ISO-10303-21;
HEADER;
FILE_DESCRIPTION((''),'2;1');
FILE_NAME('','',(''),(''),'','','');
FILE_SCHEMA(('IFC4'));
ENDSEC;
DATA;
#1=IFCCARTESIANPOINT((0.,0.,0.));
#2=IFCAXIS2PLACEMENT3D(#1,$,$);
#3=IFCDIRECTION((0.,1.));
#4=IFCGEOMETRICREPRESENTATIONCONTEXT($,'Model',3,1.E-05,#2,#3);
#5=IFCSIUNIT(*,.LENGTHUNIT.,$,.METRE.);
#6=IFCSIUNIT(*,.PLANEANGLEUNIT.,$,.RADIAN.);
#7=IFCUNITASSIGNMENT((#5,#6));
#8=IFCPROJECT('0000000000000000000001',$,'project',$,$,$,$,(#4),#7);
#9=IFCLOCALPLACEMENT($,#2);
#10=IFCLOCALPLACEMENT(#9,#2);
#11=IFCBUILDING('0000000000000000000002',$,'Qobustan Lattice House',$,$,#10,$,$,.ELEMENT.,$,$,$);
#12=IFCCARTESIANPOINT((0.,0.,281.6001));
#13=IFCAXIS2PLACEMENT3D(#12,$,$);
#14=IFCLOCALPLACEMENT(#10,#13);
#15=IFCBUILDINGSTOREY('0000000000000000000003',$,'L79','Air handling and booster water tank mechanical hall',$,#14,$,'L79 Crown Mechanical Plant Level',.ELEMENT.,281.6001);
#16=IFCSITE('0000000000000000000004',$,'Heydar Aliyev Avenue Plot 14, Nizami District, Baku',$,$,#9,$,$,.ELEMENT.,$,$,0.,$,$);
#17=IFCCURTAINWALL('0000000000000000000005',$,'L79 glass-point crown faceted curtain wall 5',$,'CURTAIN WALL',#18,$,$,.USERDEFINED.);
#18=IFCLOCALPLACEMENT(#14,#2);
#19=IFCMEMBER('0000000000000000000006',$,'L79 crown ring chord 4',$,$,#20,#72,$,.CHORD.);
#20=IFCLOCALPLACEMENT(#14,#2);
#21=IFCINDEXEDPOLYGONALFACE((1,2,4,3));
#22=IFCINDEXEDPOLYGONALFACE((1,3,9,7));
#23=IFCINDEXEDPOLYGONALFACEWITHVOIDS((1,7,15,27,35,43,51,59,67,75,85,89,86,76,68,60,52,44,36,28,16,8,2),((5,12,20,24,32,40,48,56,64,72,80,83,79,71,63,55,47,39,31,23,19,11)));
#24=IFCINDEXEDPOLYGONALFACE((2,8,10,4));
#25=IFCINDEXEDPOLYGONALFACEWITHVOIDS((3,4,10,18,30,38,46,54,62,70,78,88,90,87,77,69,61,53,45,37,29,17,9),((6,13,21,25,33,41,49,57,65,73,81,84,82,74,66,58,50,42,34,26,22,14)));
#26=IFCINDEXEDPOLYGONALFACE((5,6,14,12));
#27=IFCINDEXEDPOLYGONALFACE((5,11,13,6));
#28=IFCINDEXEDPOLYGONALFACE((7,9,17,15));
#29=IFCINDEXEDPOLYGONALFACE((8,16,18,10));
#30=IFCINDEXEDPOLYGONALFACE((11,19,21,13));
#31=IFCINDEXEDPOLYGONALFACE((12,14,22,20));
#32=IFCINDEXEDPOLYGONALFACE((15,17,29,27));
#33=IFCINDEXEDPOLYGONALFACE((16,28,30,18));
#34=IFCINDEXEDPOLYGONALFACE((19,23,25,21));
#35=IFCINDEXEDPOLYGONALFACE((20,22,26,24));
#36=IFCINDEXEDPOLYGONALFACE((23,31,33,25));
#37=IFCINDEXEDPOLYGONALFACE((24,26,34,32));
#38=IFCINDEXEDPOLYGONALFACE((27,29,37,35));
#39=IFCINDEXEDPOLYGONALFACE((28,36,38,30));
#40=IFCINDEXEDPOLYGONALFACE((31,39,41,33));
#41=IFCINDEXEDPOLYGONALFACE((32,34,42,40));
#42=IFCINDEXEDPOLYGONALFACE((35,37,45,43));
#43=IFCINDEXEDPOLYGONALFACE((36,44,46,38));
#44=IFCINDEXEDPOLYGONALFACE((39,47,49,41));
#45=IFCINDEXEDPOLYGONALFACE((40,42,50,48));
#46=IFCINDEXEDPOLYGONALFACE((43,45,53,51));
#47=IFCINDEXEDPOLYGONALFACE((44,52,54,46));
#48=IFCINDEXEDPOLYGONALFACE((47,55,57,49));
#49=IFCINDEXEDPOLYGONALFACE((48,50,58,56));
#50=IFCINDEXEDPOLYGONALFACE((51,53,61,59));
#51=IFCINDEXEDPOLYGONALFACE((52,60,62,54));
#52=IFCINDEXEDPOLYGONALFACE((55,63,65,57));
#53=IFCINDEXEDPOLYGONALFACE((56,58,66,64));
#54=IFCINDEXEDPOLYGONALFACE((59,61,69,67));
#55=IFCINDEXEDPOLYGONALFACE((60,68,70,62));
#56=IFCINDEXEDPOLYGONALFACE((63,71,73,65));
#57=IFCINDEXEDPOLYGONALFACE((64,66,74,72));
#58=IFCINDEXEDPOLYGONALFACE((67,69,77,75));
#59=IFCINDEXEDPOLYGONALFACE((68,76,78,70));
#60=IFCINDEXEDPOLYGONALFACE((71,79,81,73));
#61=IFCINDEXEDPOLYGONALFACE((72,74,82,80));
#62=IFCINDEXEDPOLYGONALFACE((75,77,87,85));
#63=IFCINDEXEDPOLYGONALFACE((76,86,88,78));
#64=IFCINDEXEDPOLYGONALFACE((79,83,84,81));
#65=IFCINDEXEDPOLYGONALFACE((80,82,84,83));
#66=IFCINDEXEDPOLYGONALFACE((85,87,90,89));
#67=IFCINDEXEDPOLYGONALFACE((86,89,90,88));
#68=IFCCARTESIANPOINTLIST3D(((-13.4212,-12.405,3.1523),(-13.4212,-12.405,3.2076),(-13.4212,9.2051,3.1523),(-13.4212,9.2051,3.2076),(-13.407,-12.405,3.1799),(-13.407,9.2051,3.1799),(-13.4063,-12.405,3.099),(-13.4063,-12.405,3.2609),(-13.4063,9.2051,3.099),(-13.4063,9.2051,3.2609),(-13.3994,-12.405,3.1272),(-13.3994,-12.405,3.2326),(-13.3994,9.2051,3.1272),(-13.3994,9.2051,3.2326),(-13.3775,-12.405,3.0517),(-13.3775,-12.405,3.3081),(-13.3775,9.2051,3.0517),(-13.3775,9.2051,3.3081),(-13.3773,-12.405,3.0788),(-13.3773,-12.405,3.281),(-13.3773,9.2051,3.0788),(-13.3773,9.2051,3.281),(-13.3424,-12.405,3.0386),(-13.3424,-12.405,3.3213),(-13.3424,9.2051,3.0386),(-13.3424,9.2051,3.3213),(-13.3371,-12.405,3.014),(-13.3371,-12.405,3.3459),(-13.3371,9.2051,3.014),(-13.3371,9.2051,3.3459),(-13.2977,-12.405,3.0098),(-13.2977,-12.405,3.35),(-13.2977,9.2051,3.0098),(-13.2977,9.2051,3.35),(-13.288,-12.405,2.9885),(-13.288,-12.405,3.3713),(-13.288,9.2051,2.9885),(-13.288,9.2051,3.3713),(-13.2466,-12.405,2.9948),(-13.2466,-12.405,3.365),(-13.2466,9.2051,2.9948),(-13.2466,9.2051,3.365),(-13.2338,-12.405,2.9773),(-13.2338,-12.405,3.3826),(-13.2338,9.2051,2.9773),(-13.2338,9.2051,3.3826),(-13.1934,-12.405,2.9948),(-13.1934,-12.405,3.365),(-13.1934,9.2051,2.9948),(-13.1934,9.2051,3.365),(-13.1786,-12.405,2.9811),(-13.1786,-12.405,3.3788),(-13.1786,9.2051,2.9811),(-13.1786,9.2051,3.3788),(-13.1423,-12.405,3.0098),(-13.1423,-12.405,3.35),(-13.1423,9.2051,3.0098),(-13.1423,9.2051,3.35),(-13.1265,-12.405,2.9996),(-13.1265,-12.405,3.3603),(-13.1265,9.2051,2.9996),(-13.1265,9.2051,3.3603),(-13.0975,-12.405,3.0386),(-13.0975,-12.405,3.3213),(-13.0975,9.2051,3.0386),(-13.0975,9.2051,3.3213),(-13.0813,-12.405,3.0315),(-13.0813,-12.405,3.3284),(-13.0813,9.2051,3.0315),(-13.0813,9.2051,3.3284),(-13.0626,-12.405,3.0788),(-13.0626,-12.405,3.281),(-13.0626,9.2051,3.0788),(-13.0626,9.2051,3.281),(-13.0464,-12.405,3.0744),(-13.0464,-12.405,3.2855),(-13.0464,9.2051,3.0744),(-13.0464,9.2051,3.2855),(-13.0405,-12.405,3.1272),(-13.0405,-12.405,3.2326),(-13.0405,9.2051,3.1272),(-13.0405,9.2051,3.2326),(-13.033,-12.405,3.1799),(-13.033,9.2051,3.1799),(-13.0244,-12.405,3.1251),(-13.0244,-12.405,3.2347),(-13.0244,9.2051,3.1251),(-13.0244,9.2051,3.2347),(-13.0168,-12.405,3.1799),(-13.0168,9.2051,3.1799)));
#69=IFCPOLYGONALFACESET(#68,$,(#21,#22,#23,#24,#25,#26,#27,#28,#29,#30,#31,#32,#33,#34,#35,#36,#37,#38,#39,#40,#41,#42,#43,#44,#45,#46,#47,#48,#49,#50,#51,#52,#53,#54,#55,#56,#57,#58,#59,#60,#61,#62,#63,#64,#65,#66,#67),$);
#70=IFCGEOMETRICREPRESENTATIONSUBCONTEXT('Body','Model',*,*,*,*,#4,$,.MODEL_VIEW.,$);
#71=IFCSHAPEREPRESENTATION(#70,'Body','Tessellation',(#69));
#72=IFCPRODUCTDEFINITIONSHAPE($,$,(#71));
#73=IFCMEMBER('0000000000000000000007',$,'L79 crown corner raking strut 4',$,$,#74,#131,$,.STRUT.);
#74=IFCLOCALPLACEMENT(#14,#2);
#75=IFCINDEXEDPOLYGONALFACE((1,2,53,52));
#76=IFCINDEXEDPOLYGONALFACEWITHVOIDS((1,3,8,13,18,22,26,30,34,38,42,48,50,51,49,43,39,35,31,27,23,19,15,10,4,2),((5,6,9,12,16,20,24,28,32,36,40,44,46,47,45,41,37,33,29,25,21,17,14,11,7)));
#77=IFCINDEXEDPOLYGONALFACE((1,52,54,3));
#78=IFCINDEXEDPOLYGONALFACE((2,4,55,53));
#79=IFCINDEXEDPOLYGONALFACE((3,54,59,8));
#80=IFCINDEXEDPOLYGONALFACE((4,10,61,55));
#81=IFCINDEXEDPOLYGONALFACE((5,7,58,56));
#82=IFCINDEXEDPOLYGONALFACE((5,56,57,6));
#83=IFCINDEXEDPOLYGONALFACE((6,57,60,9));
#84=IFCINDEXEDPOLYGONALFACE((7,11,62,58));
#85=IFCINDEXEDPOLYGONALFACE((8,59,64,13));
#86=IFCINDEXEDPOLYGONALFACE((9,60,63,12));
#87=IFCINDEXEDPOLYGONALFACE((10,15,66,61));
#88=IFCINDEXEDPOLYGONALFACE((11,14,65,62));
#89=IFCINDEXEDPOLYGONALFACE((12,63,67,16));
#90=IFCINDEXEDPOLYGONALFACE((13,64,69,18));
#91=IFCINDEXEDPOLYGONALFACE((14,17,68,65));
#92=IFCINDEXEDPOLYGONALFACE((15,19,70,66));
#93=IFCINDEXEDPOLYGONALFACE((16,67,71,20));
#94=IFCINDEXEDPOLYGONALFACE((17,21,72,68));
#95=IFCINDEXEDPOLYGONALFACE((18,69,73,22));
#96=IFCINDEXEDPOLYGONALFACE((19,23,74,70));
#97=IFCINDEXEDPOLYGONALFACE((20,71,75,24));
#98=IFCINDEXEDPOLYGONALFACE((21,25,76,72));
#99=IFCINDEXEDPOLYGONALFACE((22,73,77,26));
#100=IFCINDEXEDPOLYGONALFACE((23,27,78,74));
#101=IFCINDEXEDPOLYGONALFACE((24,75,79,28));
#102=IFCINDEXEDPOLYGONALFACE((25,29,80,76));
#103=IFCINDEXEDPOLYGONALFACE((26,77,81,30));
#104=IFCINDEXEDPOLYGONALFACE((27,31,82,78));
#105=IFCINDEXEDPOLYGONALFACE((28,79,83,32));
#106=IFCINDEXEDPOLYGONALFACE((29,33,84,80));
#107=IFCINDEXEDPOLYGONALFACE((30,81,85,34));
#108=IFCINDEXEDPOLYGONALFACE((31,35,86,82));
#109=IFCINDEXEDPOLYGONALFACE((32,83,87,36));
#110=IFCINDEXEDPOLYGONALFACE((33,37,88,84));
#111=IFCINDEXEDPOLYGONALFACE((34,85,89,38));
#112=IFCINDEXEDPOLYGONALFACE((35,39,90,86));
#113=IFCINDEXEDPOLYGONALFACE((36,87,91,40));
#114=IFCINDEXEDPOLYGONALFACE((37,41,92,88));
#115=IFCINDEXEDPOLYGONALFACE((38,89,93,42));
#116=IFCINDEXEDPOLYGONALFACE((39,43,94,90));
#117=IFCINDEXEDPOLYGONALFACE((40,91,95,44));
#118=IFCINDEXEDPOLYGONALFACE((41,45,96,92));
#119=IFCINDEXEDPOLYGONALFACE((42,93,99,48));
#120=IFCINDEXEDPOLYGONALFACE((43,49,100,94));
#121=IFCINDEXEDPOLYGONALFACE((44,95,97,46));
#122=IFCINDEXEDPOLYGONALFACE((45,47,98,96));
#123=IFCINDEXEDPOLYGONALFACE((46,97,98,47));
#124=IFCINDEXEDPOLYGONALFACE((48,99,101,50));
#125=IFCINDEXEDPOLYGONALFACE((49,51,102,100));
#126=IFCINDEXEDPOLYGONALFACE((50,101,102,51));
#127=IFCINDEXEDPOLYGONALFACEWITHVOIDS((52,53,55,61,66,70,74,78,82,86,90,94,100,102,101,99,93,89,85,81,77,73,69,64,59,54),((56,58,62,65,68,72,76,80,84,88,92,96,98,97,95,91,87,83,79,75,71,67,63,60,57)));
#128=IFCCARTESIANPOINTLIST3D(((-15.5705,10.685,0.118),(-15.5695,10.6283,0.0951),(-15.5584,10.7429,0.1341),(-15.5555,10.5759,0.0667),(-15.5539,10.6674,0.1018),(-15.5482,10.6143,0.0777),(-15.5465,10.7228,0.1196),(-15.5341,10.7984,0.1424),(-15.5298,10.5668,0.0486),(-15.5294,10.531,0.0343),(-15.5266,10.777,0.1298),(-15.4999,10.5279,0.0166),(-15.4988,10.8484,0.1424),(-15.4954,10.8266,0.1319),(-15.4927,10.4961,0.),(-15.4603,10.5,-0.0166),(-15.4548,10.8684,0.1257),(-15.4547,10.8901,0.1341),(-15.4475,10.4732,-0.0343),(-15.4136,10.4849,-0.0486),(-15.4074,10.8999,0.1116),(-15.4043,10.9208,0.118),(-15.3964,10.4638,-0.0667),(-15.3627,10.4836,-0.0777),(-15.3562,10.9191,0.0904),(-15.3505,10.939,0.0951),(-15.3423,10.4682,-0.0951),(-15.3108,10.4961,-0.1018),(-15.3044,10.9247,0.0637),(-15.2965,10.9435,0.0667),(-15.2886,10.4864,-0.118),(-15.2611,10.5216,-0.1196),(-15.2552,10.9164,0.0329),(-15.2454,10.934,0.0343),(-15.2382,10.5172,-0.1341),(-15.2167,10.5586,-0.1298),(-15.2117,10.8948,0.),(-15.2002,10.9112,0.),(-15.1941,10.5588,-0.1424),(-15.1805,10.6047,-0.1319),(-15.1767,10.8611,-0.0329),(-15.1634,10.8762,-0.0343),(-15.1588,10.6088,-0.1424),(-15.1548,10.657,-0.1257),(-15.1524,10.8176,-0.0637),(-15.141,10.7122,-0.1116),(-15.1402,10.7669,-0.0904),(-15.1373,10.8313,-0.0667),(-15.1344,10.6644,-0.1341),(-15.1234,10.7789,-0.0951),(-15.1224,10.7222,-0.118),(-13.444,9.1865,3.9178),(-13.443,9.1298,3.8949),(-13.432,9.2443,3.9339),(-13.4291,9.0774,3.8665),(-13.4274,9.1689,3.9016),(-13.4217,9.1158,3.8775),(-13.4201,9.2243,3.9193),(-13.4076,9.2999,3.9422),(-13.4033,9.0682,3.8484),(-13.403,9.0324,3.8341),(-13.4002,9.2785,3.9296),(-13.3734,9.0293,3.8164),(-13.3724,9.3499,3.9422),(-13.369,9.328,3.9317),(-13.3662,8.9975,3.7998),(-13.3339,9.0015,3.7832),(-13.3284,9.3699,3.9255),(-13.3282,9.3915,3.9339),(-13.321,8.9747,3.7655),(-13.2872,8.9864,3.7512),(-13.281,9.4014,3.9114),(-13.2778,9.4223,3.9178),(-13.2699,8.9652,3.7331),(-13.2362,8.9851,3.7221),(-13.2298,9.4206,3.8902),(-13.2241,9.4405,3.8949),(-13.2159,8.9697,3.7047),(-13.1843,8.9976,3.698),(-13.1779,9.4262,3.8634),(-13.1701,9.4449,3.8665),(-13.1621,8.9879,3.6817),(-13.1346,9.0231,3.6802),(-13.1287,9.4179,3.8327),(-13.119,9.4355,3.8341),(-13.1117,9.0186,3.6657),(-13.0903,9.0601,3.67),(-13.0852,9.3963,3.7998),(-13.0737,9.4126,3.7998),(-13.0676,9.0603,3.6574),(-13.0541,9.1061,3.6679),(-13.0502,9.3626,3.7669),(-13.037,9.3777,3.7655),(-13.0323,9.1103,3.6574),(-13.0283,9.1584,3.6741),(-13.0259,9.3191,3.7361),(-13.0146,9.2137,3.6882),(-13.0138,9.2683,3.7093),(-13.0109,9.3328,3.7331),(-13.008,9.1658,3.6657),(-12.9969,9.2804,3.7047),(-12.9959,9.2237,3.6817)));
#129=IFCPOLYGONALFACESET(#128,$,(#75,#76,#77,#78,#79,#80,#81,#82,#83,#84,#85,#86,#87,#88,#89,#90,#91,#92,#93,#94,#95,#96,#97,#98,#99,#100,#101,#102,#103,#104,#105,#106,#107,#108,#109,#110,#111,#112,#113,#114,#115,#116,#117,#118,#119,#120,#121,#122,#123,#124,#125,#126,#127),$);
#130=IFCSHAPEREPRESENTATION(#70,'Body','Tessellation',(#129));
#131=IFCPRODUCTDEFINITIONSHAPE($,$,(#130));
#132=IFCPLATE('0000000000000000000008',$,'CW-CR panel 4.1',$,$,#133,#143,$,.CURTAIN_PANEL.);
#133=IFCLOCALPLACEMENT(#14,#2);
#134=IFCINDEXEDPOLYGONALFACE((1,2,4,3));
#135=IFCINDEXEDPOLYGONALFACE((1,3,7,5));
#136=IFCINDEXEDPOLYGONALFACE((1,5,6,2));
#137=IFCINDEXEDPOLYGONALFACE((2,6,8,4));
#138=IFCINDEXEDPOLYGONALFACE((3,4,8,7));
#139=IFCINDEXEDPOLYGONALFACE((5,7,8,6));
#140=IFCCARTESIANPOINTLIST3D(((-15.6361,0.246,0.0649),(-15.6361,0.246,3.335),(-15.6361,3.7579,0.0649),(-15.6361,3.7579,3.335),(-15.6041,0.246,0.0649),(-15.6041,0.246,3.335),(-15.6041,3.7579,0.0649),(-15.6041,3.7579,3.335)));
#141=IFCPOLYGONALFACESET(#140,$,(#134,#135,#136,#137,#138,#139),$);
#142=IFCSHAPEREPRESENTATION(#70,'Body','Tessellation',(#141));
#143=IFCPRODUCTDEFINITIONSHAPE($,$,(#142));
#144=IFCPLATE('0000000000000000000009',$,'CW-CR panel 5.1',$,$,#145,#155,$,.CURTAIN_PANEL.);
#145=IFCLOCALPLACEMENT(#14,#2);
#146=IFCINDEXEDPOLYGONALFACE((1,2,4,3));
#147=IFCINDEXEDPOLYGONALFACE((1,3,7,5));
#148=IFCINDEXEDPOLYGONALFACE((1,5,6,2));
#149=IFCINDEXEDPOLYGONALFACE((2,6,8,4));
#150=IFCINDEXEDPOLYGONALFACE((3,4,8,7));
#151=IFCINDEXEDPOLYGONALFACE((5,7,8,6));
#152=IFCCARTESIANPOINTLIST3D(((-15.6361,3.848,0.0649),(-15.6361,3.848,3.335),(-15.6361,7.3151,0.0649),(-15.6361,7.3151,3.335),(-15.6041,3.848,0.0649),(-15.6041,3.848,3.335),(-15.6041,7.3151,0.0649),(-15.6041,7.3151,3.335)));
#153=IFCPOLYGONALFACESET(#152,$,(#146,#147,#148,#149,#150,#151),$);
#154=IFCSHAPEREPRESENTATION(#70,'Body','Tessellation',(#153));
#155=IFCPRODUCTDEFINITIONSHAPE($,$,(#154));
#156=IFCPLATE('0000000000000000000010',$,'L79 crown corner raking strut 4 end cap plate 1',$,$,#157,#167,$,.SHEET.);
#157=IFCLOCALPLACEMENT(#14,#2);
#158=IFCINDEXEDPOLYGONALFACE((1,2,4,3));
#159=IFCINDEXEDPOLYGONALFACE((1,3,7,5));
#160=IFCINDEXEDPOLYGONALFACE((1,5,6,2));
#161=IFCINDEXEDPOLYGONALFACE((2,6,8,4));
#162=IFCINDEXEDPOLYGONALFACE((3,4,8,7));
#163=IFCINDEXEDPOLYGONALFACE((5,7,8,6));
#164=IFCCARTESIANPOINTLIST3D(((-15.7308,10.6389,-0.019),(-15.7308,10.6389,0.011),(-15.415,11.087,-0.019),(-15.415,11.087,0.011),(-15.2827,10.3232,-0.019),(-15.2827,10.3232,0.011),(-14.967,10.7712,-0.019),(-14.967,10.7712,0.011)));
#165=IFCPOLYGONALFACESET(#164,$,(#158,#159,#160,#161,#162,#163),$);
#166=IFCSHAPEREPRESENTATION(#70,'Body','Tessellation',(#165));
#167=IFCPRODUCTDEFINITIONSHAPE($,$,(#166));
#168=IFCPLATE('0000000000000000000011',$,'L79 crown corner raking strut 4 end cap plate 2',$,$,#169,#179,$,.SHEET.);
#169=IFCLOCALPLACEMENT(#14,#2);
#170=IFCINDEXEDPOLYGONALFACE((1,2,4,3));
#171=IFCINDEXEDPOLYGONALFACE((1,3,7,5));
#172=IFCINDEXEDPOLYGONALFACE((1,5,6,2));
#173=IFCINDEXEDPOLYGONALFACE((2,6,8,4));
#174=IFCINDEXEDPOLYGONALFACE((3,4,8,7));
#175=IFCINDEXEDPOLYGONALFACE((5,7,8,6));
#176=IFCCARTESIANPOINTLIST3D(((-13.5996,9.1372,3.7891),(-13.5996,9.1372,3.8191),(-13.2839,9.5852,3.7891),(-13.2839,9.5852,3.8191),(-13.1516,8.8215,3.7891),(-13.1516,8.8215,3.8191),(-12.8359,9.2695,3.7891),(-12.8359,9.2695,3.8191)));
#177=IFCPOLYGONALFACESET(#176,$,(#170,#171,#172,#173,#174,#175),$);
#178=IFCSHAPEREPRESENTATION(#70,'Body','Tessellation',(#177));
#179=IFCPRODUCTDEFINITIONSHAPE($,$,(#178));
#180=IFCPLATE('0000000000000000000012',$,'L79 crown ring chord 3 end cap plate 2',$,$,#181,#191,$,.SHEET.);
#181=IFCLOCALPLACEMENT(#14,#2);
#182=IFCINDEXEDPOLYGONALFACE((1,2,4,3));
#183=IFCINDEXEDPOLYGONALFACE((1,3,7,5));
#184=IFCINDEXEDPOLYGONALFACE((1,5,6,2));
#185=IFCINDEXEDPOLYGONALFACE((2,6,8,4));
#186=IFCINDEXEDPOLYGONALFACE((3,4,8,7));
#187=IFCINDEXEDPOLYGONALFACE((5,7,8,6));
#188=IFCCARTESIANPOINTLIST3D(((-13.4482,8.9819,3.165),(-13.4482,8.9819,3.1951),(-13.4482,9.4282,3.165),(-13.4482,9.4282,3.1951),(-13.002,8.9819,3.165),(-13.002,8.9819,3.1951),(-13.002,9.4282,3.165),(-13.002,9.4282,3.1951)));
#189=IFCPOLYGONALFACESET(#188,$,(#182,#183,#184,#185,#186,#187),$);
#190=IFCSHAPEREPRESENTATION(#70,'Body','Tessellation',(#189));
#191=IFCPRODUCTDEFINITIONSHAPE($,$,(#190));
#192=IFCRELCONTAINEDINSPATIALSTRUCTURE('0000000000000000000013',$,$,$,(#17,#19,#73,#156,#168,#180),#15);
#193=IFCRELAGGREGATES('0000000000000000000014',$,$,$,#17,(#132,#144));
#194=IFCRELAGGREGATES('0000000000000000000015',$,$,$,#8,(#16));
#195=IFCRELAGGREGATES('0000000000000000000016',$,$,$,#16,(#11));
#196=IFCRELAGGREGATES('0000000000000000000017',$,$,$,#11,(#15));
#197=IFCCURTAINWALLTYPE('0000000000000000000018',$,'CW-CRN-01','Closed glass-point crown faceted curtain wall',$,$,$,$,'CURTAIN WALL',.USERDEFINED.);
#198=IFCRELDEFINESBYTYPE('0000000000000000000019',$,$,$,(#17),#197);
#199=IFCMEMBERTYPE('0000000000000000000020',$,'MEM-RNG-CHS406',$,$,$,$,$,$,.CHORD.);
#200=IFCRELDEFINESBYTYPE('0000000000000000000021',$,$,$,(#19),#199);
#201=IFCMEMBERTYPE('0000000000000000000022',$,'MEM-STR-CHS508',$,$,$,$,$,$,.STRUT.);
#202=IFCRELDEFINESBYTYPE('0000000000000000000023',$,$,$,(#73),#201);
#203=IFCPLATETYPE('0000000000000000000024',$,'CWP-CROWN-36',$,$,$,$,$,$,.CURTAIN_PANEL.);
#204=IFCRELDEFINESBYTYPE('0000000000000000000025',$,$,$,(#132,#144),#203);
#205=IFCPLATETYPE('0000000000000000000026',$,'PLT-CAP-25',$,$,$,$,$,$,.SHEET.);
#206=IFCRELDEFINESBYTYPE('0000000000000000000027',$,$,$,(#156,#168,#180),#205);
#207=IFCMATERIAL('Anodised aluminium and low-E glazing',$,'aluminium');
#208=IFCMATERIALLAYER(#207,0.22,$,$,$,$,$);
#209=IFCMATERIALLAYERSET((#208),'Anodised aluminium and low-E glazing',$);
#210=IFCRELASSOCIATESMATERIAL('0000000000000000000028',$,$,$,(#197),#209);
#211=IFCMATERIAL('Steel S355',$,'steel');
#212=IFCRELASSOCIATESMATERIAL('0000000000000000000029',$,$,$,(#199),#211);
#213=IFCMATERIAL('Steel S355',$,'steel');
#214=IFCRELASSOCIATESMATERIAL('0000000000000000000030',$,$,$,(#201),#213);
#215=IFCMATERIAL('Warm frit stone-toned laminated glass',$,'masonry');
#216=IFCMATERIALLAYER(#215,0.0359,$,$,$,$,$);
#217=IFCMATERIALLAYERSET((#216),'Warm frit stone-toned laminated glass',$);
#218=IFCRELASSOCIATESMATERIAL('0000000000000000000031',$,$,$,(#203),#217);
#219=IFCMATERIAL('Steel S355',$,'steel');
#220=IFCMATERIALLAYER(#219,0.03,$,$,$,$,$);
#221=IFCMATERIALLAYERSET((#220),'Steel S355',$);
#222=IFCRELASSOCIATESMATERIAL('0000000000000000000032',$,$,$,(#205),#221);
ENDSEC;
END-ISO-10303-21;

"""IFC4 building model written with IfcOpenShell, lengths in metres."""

from ifc_helpers import new_model, si_unit, direction, frame, origin, origin_2d, place, context, subcontext, project, spatial, rectangle, hollow_circle, extrude, material, layer, layer_set, material_profile, profile_set, type_object, element, aggregate, save


model = new_model("IFC4")

# Units and contexts
model_context = context("Model", 3, precision=1e-05, world=origin(), true_north=direction((0.0, 1.0)))
body_context = subcontext(model_context, "Body", "Model", "MODEL_VIEW")
ifc_project = project(units=[si_unit("LENGTHUNIT", "METRE"), si_unit("PLANEANGLEUNIT", "RADIAN")], contexts=[model_context])

# Site, building, storey
site_placement = place(None, origin())
site = spatial("IfcSite", under=ifc_project, at=site_placement, Name="Heydar Aliyev Avenue Plot 14, Nizami District, Baku", CompositionType="ELEMENT", RefElevation=0.0)
building_placement = place(site_placement, origin())
building = spatial("IfcBuilding", under=site, at=building_placement, Name="Qobustan Lattice House", CompositionType="ELEMENT")
storey_placement = place(building_placement, frame((0.0, 0.0, 281.6001)))
storey = spatial("IfcBuildingStorey", under=building, at=storey_placement, Name="L79", Description="Air handling and booster water tank mechanical hall", LongName="L79 Crown Mechanical Plant Level", CompositionType="ELEMENT", Elevation=281.6001)

# Curtain wall
ifc_material_1 = material(Name="Anodised aluminium and low-E glazing", Category="aluminium")
ifc_layer_1 = layer(ifc_material_1, 0.22)
ifc_layer_set_1 = layer_set([ifc_layer_1], Name="Anodised aluminium and low-E glazing")
curtain_wall_type = type_object("IfcCurtainWallType", Name="CW-CRN-01", Description="Closed glass-point crown faceted curtain wall", ElementType="CURTAIN WALL", PredefinedType="USERDEFINED", material=ifc_layer_set_1)
curtain_wall_1_placement = place(storey_placement, origin())
curtain_wall_1 = element("IfcCurtainWall", 1, at=curtain_wall_1_placement, inside=storey, type_object=curtain_wall_type, Name="L79 glass-point crown faceted curtain wall 5", ObjectType="CURTAIN WALL", PredefinedType="USERDEFINED")

# Members
ifc_material_2 = material(Name="Steel S355", Category="steel")
ifc_material_profile_1 = material_profile(ifc_material_2, hollow_circle(Radius=0.2031, WallThickness=0.0161, at=origin_2d()), Name="CHS406.4x16")
ifc_profile_set_1 = profile_set([ifc_material_profile_1], Name="Steel S355")
member_type_1 = type_object("IfcMemberType", Name="MEM-RNG-CHS406", PredefinedType="CHORD", material=ifc_profile_set_1)
member_1_placement = place(storey_placement, frame((-13.22, 9.2051, 3.1799), z_axis=(0.0, -1.0, 0.0), x_axis=(1.0, 0.0, 0.0)))
element("IfcMember", 2, at=member_1_placement, inside=storey, type_object=member_type_1, Name="L79 crown ring chord 4", PredefinedType="CHORD", context=body_context, shape_type="SweptSolid", body=[
    extrude(hollow_circle(Radius=0.2031, WallThickness=0.0161, at=origin_2d()), origin(), (0.0, 0.0, 1.0), 21.6101),
])
ifc_material_3 = material(Name="Steel S355", Category="steel")
ifc_material_profile_2 = material_profile(ifc_material_3, hollow_circle(Radius=0.2539, WallThickness=0.02, at=origin_2d()), Name="CHS508x20")
ifc_profile_set_2 = profile_set([ifc_material_profile_2], Name="Steel S355")
member_type_2 = type_object("IfcMemberType", Name="MEM-STR-CHS508", PredefinedType="STRUT", material=ifc_profile_set_2)
member_2_placement = place(storey_placement, frame((-15.3464, 10.7036, 0.0), z_axis=(0.461774, -0.325415, 0.825149), x_axis=(0.576042, 0.81742, 0.0)))
element("IfcMember", 3, at=member_2_placement, inside=storey, type_object=member_type_2, Name="L79 crown corner raking strut 4", PredefinedType="STRUT", context=body_context, shape_type="SweptSolid", body=[
    extrude(hollow_circle(Radius=0.2539, WallThickness=0.02, at=origin_2d()), origin(), (0.0, 0.0, 1.0), 4.605),
])

# Plates
ifc_material_4 = material(Name="Warm frit stone-toned laminated glass", Category="masonry")
ifc_layer_2 = layer(ifc_material_4, 0.0359)
ifc_layer_set_2 = layer_set([ifc_layer_2], Name="Warm frit stone-toned laminated glass")
plate_type_1 = type_object("IfcPlateType", Name="CWP-CROWN-36", PredefinedType="CURTAIN_PANEL", material=ifc_layer_set_2)
plate_1_placement = place(storey_placement, frame((-15.6201, 2.002, 0.0649), z_axis=(0.0, 0.0, 1.0), x_axis=(0.0, 1.0, 0.0)))
plate_1 = element("IfcPlate", 4, at=plate_1_placement, type_object=plate_type_1, Name="CW-CR panel 4.1", PredefinedType="CURTAIN_PANEL", context=body_context, shape_type="SweptSolid", body=[
    extrude(rectangle(XDim=3.512, YDim=0.032, at=origin_2d()), origin(), (0.0, 0.0, 1.0), 3.27),
])
plate_2_placement = place(storey_placement, frame((-15.6201, 5.5815, 0.0649), z_axis=(0.0, 0.0, 1.0), x_axis=(0.0, 1.0, 0.0)))
plate_2 = element("IfcPlate", 5, at=plate_2_placement, type_object=plate_type_1, Name="CW-CR panel 5.1", PredefinedType="CURTAIN_PANEL", context=body_context, shape_type="SweptSolid", body=[
    extrude(rectangle(XDim=3.467, YDim=0.032, at=origin_2d()), origin(), (0.0, 0.0, 1.0), 3.27),
])
aggregate(curtain_wall_1, [plate_1, plate_2])

# Plates
ifc_material_5 = material(Name="Steel S355", Category="steel")
ifc_layer_3 = layer(ifc_material_5, 0.03)
ifc_layer_set_3 = layer_set([ifc_layer_3], Name="Steel S355")
plate_type_2 = type_object("IfcPlateType", Name="PLT-CAP-25", PredefinedType="SHEET", material=ifc_layer_set_3)
for number, where, z_axis, x_axis, name in (
    (6, (-15.3489, 10.7051, -0.019), (0.0, 0.0, 1.0), (0.817426, -0.576033, 0.0), "L79 crown corner raking strut 4 end cap plate 1"),
    (7, (-13.2178, 9.2034, 3.7891), (0.0, 0.0, 1.0), (0.817426, -0.576033, 0.0), "L79 crown corner raking strut 4 end cap plate 2"),
):
    element("IfcPlate", number, at=place(storey_placement, frame(where, z_axis=z_axis, x_axis=x_axis)), inside=storey, type_object=plate_type_2, Name=name, PredefinedType="SHEET", context=body_context, shape_type="SweptSolid", body=[
        extrude(rectangle(XDim=0.5481, YDim=0.5481, at=origin_2d()), origin(), (0.0, 0.0, 1.0), 0.03),
    ])
plate_3_placement = place(storey_placement, frame((-13.2251, 9.2051, 3.165), z_axis=(0.0, 0.0, 1.0), x_axis=(-1.0, 0.0, 0.0)))
element("IfcPlate", 8, at=plate_3_placement, inside=storey, type_object=plate_type_2, Name="L79 crown ring chord 3 end cap plate 2", PredefinedType="SHEET", context=body_context, shape_type="SweptSolid", body=[
    extrude(rectangle(XDim=0.4463, YDim=0.4463, at=origin_2d()), origin(), (0.0, 0.0, 1.0), 0.03),
])

save(model, "model.ifc")
